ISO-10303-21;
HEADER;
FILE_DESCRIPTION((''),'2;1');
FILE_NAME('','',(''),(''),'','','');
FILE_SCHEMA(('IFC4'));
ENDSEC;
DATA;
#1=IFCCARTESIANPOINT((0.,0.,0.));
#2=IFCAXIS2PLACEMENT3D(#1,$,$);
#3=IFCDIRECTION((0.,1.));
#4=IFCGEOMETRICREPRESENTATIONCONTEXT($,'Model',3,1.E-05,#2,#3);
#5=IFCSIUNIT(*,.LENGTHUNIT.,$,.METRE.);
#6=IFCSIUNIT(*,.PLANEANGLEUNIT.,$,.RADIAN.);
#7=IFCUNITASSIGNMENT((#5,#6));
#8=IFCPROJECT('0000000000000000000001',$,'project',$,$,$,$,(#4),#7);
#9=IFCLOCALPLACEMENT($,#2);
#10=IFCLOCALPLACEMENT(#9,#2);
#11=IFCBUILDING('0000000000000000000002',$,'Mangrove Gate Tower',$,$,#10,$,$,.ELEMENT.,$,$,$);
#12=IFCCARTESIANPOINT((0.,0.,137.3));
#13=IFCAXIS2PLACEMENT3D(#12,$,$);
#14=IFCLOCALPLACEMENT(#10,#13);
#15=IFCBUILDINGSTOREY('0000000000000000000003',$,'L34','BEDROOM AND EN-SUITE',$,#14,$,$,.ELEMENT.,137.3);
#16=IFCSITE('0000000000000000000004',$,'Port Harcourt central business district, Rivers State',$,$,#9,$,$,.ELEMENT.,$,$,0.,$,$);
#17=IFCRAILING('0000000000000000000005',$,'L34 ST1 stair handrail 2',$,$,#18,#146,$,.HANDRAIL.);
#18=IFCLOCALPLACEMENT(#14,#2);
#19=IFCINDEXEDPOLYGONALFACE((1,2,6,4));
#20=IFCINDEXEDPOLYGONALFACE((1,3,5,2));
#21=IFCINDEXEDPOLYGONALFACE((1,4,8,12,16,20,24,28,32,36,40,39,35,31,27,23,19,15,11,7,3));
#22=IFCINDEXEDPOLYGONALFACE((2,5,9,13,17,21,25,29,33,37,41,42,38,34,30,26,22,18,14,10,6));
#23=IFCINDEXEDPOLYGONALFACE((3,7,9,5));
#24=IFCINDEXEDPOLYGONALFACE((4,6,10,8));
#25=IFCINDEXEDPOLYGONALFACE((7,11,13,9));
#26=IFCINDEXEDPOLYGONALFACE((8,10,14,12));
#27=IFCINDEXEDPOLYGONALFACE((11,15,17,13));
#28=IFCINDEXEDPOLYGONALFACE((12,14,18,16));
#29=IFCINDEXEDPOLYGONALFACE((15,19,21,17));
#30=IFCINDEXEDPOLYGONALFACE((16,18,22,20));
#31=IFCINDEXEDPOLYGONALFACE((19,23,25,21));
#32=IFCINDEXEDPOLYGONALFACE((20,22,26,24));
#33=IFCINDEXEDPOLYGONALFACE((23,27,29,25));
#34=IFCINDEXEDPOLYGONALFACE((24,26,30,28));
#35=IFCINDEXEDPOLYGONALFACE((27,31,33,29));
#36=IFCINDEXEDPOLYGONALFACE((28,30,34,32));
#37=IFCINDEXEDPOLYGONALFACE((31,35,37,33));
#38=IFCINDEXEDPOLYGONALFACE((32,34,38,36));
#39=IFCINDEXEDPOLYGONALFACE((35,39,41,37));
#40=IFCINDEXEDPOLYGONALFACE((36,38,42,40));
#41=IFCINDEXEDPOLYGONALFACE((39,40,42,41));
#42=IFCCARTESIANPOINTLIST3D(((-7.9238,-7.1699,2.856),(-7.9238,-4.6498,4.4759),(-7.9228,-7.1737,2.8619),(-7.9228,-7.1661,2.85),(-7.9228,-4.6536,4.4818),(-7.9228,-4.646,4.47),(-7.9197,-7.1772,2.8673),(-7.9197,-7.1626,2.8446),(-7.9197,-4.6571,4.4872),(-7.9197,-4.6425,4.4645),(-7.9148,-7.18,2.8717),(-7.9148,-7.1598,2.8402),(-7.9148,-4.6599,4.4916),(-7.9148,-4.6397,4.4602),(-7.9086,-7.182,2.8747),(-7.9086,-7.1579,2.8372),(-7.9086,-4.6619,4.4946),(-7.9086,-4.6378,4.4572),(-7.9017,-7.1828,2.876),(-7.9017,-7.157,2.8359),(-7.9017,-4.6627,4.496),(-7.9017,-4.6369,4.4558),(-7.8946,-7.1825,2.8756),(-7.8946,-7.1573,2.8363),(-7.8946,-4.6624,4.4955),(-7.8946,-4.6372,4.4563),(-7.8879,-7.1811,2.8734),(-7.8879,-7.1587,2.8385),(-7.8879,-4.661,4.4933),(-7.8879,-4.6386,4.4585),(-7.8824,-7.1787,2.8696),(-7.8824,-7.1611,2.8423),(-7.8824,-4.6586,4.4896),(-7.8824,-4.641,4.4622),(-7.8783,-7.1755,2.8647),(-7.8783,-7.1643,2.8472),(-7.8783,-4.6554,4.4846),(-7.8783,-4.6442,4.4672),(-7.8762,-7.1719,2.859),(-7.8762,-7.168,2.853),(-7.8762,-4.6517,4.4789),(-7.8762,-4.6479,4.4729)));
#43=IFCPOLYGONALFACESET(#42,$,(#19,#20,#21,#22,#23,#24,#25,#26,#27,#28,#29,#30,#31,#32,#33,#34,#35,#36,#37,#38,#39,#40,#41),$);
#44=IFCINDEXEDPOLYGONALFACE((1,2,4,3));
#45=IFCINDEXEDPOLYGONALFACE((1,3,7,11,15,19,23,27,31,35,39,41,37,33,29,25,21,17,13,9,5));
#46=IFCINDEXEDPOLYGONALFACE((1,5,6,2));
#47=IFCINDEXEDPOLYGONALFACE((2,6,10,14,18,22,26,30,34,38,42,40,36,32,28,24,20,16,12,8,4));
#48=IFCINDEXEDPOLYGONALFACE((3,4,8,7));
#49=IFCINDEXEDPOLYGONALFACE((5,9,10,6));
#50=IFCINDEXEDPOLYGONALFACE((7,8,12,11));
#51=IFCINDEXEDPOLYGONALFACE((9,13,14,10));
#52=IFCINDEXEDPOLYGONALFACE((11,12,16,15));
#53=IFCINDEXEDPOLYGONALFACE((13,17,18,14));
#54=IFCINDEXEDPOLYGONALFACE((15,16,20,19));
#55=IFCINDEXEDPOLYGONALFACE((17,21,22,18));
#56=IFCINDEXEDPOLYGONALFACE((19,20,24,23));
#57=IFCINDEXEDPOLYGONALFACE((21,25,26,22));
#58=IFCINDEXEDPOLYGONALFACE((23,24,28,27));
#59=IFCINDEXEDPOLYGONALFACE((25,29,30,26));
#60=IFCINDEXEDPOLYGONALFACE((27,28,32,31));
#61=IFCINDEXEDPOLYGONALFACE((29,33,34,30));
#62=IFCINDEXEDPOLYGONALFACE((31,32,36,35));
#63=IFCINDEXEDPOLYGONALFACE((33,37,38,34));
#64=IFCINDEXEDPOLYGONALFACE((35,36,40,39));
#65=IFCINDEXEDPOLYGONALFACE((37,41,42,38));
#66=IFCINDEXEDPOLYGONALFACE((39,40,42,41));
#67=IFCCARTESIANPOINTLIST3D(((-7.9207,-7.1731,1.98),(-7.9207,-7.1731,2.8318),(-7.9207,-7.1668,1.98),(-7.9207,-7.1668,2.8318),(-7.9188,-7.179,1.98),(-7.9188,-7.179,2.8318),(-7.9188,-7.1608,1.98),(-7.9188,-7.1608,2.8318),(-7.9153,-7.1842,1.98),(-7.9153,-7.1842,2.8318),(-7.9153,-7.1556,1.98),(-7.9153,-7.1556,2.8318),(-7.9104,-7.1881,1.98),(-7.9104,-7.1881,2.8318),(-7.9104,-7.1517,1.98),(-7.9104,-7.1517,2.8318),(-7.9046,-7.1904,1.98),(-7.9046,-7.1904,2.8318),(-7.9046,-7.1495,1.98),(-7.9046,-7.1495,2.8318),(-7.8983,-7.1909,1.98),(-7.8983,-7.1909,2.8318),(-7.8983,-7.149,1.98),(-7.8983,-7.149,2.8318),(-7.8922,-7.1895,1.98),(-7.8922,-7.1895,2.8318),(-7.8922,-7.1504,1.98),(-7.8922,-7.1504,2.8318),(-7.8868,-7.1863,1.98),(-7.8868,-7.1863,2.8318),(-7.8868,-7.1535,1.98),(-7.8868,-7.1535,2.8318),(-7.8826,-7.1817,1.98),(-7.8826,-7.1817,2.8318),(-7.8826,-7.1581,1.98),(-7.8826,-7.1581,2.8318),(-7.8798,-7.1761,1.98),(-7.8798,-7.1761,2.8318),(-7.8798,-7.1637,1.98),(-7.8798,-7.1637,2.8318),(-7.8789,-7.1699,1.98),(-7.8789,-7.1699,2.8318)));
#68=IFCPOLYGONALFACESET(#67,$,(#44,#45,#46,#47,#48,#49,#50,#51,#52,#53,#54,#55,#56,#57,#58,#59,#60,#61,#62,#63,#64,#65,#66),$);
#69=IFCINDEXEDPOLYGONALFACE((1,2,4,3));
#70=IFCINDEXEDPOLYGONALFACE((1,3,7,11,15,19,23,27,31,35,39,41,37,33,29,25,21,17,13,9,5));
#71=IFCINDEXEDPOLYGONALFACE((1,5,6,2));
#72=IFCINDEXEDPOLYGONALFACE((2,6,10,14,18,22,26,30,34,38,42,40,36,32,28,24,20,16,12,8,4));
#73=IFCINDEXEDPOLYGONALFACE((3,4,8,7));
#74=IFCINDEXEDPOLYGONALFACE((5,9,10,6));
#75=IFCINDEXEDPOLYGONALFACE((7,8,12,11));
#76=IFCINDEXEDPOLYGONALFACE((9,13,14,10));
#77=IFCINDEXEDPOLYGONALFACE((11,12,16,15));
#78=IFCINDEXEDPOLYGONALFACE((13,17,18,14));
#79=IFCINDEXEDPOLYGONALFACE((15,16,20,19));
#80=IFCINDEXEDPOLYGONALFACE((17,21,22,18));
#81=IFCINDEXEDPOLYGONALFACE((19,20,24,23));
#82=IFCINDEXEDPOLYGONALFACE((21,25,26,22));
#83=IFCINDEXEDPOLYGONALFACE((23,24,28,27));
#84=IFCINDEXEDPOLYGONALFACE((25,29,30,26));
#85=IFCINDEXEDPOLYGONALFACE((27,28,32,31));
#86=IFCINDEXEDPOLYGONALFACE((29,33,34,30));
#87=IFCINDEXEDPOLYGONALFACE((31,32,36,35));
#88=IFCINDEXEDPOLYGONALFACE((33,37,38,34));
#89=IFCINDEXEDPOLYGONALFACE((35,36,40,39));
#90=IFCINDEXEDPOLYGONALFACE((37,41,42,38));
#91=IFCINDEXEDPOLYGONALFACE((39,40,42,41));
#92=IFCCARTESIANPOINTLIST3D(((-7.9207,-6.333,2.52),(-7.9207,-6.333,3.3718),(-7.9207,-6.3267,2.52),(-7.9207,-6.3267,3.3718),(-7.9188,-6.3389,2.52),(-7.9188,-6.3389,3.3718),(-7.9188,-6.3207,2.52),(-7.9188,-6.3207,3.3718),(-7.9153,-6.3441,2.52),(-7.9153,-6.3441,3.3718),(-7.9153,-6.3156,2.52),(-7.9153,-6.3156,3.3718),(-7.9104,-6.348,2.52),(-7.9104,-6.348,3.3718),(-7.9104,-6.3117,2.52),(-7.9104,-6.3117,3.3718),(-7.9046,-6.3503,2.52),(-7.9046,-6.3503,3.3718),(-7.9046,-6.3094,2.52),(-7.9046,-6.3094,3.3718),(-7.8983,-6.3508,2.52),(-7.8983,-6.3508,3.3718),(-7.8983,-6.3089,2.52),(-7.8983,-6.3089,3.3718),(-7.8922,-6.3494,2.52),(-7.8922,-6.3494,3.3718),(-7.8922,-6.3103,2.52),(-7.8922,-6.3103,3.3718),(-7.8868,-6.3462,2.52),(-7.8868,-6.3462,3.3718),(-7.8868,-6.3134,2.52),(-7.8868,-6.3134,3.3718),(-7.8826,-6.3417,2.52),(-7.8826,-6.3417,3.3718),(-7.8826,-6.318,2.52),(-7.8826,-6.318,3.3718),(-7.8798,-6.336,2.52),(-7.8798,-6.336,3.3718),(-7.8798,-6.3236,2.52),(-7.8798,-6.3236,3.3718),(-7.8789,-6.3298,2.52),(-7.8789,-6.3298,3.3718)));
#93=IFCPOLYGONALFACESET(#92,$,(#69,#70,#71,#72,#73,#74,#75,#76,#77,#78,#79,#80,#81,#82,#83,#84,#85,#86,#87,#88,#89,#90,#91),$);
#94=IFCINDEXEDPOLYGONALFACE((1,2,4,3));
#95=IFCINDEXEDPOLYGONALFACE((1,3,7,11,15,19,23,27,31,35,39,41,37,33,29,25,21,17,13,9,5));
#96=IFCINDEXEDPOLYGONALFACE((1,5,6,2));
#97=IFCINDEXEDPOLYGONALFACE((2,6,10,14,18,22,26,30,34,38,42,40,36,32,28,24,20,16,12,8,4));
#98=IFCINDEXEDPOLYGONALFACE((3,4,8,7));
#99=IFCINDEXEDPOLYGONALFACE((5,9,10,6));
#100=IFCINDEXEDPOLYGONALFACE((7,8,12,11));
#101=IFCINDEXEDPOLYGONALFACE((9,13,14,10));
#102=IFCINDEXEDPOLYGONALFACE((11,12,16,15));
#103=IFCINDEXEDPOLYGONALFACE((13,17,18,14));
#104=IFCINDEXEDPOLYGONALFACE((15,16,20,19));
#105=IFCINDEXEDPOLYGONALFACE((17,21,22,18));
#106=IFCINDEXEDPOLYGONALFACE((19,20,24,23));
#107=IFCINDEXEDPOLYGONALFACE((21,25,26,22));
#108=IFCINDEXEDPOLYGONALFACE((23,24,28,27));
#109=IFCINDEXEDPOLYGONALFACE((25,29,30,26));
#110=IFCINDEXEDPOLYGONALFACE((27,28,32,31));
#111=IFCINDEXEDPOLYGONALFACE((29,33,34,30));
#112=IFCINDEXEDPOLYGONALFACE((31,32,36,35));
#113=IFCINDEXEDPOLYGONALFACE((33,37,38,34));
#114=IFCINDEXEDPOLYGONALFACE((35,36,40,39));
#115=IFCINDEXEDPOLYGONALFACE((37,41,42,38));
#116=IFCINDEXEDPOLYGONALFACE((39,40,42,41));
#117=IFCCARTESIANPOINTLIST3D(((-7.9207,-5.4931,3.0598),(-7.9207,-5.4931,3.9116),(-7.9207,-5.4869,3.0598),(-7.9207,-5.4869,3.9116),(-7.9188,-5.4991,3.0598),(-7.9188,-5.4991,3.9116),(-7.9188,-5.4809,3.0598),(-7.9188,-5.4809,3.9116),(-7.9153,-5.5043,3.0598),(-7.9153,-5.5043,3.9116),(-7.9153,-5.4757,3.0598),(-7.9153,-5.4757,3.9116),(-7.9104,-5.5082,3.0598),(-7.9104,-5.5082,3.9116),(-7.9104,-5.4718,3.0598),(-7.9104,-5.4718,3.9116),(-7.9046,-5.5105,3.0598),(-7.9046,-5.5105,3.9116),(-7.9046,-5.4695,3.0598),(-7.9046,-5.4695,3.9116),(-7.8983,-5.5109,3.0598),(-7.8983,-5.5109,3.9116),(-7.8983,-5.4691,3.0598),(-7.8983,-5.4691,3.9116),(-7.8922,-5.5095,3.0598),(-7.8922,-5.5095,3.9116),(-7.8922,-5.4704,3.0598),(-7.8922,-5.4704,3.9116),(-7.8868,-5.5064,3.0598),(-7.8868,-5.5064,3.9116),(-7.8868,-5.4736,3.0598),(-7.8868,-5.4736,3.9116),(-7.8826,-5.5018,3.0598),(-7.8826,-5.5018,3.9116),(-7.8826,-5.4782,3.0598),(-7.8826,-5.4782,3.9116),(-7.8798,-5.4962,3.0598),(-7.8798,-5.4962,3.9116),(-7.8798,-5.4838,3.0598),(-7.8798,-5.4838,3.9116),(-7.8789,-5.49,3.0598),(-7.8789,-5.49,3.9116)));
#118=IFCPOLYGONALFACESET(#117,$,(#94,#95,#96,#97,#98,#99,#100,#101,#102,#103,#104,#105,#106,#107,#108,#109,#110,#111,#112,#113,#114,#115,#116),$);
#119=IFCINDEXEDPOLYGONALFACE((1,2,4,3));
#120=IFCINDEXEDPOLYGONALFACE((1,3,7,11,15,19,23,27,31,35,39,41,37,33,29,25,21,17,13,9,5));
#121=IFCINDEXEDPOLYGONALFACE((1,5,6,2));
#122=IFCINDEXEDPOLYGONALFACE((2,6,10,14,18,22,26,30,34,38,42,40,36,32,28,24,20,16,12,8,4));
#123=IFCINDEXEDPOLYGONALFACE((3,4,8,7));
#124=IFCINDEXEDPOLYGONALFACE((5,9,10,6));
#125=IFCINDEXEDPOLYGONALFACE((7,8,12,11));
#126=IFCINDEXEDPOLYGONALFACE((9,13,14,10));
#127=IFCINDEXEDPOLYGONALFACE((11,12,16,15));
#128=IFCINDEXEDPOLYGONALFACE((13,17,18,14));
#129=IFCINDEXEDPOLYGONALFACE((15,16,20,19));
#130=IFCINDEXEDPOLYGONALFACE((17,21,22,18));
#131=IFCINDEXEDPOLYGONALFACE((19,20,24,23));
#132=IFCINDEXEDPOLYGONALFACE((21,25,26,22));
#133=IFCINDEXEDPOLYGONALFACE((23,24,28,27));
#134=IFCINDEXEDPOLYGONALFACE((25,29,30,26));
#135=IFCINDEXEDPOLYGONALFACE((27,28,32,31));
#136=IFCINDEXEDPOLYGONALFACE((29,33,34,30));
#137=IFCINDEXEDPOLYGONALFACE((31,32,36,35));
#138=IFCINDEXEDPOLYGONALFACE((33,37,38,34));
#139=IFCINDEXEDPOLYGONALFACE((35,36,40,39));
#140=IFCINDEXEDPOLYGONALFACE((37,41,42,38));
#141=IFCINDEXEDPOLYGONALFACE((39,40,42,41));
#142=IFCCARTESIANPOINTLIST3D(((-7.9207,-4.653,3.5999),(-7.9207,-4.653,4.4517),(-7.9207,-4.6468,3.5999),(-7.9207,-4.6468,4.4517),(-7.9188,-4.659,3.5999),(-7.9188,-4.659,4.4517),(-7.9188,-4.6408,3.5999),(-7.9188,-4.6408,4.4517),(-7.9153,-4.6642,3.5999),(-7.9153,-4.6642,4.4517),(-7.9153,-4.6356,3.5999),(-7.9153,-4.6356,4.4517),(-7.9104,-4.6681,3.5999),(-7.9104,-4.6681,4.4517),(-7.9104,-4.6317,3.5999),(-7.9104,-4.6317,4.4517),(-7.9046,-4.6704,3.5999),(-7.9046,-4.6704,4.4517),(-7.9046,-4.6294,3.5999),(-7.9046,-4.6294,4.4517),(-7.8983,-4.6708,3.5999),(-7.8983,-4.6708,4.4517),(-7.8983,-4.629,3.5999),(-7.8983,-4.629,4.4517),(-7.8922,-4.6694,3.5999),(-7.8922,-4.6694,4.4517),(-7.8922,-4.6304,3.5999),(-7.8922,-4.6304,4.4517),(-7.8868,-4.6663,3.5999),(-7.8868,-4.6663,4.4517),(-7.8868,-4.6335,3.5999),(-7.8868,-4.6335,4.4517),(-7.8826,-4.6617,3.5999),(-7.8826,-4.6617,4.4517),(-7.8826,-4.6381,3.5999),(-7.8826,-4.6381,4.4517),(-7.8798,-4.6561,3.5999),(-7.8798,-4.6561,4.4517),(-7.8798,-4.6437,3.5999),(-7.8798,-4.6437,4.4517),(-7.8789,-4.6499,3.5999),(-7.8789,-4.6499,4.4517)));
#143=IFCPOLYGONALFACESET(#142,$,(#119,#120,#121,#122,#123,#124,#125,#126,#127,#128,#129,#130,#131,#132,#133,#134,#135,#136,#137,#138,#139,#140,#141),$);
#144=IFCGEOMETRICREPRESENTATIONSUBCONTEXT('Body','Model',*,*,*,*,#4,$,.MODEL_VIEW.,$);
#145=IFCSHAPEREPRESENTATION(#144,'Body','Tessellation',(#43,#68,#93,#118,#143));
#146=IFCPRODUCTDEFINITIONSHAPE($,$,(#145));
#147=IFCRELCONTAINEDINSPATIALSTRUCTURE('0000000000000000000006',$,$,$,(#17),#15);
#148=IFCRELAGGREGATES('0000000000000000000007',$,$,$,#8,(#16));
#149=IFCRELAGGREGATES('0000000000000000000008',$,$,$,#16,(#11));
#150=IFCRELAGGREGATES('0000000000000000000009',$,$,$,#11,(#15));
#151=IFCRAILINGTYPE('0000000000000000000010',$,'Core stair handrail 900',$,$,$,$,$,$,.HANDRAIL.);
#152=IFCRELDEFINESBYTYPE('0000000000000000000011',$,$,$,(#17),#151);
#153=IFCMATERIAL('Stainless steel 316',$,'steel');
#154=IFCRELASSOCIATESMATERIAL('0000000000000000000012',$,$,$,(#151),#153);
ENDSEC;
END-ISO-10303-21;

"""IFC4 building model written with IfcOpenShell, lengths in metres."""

from ifc_helpers import new_model, si_unit, direction, frame, origin, origin_2d, place, context, subcontext, project, spatial, circle, extrude, material, type_object, element, save


model = new_model("IFC4")

# Units and contexts
model_context = context("Model", 3, precision=1e-05, world=origin(), true_north=direction((0.0, 1.0)))
body_context = subcontext(model_context, "Body", "Model", "MODEL_VIEW")
ifc_project = project(units=[si_unit("LENGTHUNIT", "METRE"), si_unit("PLANEANGLEUNIT", "RADIAN")], contexts=[model_context])

# Site, building, storey
site_placement = place(None, origin())
site = spatial("IfcSite", under=ifc_project, at=site_placement, Name="Port Harcourt central business district, Rivers State", CompositionType="ELEMENT", RefElevation=0.0)
building_placement = place(site_placement, origin())
building = spatial("IfcBuilding", under=site, at=building_placement, Name="Mangrove Gate Tower", CompositionType="ELEMENT")
storey_placement = place(building_placement, frame((0.0, 0.0, 137.3)))
storey = spatial("IfcBuildingStorey", under=building, at=storey_placement, Name="L34", Description="BEDROOM AND EN-SUITE", CompositionType="ELEMENT", Elevation=137.3)

# Railing
ifc_material_1 = material(Name="Stainless steel 316", Category="steel")
railing_type_1 = type_object("IfcRailingType", Name="Core stair handrail 900", PredefinedType="HANDRAIL", material=ifc_material_1)
railing_1_placement = place(storey_placement, frame((-7.8999, -7.1699, 1.98)))
element("IfcRailing", 1, at=railing_1_placement, inside=storey, type_object=railing_type_1, Name="L34 ST1 stair handrail 2", PredefinedType="HANDRAIL", context=body_context, shape_type="SweptSolid", body=[
    extrude(circle(Radius=0.0239, at=origin_2d()), frame((0.0, 0.0, 0.876), z_axis=(0.0, 0.8412, 0.540725), x_axis=(-1.0, 0.0, 0.0)), (0.0, 0.0, 1.0), 2.9958),
    extrude(circle(Radius=0.021, at=origin_2d()), origin(), (0.0, 0.0, 1.0), 0.8518),
    extrude(circle(Radius=0.021, at=origin_2d()), frame((0.0, 0.8401, 0.54)), (0.0, 0.0, 1.0), 0.8518),
    extrude(circle(Radius=0.021, at=origin_2d()), frame((0.0, 1.6799, 1.0798)), (0.0, 0.0, 1.0), 0.8518),
    extrude(circle(Radius=0.021, at=origin_2d()), frame((0.0, 2.52, 1.6199)), (0.0, 0.0, 1.0), 0.8518),
])

save(model, "model.ifc")
